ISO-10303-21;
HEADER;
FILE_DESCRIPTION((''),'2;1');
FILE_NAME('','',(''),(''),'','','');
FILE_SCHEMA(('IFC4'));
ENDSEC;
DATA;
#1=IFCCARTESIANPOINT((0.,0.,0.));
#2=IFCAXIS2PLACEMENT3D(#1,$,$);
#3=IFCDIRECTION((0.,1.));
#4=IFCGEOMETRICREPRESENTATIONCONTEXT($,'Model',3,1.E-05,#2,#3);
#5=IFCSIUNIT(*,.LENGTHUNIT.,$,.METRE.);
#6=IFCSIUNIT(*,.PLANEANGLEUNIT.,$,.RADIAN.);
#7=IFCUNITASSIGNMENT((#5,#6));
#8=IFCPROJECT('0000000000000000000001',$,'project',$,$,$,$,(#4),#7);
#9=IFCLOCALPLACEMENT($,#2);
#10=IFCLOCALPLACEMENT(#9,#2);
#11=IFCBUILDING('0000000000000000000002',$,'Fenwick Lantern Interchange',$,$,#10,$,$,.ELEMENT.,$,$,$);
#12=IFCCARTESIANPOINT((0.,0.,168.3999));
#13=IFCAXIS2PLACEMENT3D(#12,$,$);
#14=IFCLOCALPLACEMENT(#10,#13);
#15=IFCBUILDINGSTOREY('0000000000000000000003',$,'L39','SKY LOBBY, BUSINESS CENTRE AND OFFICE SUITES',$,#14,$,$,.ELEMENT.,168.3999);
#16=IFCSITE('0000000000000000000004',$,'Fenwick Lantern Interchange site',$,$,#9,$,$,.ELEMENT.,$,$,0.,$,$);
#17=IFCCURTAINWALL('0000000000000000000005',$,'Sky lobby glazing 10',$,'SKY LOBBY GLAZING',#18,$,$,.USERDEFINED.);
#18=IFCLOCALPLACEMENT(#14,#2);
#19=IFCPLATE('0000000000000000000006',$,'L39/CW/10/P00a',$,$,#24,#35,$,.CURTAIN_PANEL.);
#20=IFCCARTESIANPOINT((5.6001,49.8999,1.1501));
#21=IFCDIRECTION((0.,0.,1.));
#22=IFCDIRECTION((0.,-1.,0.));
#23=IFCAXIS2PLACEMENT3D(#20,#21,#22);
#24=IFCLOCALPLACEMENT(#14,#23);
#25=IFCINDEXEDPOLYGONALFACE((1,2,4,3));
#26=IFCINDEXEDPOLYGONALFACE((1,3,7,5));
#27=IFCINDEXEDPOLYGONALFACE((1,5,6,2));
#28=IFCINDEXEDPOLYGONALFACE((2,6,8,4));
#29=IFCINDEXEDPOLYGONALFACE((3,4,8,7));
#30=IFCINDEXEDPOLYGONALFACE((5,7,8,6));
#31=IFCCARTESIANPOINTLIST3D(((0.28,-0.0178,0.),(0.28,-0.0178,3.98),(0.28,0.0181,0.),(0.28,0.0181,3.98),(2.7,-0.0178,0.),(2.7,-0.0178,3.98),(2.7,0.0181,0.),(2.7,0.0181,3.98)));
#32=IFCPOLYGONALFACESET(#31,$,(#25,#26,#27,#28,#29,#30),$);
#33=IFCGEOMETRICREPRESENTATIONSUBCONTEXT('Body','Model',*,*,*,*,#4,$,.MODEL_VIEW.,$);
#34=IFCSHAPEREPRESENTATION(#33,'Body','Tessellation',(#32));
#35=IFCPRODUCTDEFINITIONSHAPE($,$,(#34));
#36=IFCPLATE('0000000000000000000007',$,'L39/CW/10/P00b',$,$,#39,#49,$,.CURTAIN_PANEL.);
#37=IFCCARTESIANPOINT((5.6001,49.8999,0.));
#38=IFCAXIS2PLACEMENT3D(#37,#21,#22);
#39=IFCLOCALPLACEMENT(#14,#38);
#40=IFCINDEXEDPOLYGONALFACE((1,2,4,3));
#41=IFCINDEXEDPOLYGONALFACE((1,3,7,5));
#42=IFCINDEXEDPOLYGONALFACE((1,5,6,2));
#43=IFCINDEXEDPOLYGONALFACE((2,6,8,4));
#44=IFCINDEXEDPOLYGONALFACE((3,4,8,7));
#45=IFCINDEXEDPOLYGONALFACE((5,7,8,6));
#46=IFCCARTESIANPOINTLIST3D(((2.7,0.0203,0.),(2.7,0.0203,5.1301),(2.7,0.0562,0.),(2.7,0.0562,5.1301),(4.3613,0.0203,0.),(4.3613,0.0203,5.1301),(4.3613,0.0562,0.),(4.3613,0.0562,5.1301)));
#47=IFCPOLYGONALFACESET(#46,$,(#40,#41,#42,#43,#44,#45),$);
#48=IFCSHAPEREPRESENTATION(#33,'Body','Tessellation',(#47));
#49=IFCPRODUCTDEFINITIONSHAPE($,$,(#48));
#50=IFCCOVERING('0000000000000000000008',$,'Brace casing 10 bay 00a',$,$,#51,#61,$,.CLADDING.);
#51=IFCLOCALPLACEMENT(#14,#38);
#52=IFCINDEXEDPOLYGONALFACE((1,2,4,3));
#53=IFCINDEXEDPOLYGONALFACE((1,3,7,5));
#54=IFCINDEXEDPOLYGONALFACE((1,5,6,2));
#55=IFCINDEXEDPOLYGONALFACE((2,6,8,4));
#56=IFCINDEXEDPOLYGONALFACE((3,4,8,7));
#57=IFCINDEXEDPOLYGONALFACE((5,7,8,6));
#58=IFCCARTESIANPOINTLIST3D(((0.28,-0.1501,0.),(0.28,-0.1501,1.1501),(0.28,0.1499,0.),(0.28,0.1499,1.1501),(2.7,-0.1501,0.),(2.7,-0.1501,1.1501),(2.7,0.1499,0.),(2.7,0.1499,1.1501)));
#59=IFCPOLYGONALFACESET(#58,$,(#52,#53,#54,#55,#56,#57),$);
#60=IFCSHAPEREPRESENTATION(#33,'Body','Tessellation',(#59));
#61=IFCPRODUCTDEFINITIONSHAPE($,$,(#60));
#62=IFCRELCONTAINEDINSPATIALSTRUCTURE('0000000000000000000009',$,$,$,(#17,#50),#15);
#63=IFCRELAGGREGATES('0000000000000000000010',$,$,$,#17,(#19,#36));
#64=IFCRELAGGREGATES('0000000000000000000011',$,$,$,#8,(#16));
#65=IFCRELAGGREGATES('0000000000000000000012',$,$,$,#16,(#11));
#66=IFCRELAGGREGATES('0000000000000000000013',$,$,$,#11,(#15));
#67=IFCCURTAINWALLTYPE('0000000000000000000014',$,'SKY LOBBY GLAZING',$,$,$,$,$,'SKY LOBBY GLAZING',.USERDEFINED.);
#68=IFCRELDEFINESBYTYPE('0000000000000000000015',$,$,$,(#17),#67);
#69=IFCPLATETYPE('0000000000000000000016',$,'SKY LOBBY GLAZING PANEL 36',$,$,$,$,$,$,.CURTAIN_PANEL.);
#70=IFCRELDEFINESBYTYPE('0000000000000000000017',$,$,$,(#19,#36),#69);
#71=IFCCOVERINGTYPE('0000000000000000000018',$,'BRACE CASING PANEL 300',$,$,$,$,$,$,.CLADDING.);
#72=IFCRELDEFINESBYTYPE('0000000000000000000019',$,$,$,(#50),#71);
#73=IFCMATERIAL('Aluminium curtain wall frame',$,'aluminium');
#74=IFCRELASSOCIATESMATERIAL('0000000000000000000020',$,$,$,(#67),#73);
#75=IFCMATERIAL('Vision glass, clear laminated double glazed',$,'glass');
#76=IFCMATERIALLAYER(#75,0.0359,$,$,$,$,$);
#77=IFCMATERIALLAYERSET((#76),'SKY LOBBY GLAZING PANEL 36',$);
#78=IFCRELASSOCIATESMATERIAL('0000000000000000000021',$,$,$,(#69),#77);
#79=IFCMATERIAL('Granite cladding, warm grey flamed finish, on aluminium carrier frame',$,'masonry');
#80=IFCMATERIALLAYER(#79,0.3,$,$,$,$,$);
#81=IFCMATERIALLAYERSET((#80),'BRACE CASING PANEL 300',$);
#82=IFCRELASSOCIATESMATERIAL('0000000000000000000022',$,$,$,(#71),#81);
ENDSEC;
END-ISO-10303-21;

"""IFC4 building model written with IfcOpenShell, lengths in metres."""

from ifc_helpers import new_model, si_unit, direction, frame, origin, place, context, subcontext, project, spatial, polyline, outline, extrude, material, layer, layer_set, type_object, element, aggregate, save


model = new_model("IFC4")

# Units and contexts
model_context = context("Model", 3, precision=1e-05, world=origin(), true_north=direction((0.0, 1.0)))
body_context = subcontext(model_context, "Body", "Model", "MODEL_VIEW")
ifc_project = project(units=[si_unit("LENGTHUNIT", "METRE"), si_unit("PLANEANGLEUNIT", "RADIAN")], contexts=[model_context])

# Site, building, storey
site_placement = place(None, origin())
site = spatial("IfcSite", under=ifc_project, at=site_placement, Name="Fenwick Lantern Interchange site", CompositionType="ELEMENT", RefElevation=0.0)
building_placement = place(site_placement, origin())
building = spatial("IfcBuilding", under=site, at=building_placement, Name="Fenwick Lantern Interchange", CompositionType="ELEMENT")
storey_placement = place(building_placement, frame((0.0, 0.0, 168.3999)))
storey = spatial("IfcBuildingStorey", under=building, at=storey_placement, Name="L39", Description="SKY LOBBY, BUSINESS CENTRE AND OFFICE SUITES", CompositionType="ELEMENT", Elevation=168.3999)

# Curtain wall
ifc_material_1 = material(Name="Aluminium curtain wall frame", Category="aluminium")
curtain_wall_type = type_object("IfcCurtainWallType", Name="SKY LOBBY GLAZING", ElementType="SKY LOBBY GLAZING", PredefinedType="USERDEFINED", material=ifc_material_1)
curtain_wall_1_placement = place(storey_placement, origin())
curtain_wall_1 = element("IfcCurtainWall", 1, at=curtain_wall_1_placement, inside=storey, type_object=curtain_wall_type, Name="Sky lobby glazing 10", ObjectType="SKY LOBBY GLAZING", PredefinedType="USERDEFINED")

# Plates
ifc_material_2 = material(Name="Vision glass, clear laminated double glazed", Category="glass")
ifc_layer_1 = layer(ifc_material_2, 0.0359)
ifc_layer_set_1 = layer_set([ifc_layer_1], Name="SKY LOBBY GLAZING PANEL 36")
plate_type = type_object("IfcPlateType", Name="SKY LOBBY GLAZING PANEL 36", PredefinedType="CURTAIN_PANEL", material=ifc_layer_set_1)
plate_1_placement = place(storey_placement, frame((5.6001, 49.8999, 1.1501), z_axis=(0.0, 0.0, 1.0), x_axis=(0.0, -1.0, 0.0)))
plate_1 = element("IfcPlate", 2, at=plate_1_placement, type_object=plate_type, Name="L39/CW/10/P00a", PredefinedType="CURTAIN_PANEL", context=body_context, shape_type="SweptSolid", body=[
    extrude(outline(polyline([(0.28, 0.0), (2.7, 0.0), (2.7, 3.98), (0.28, 3.98), (0.28, 0.0)])), frame((0.0, 0.0181, 0.0), z_axis=(0.0, -1.0, 0.0), x_axis=(1.0, 0.0, 0.0)), (0.0, 0.0, 1.0), 0.0359),
])
plate_2_placement = place(storey_placement, frame((5.6001, 49.8999, 0.0), z_axis=(0.0, 0.0, 1.0), x_axis=(0.0, -1.0, 0.0)))
plate_2 = element("IfcPlate", 3, at=plate_2_placement, type_object=plate_type, Name="L39/CW/10/P00b", PredefinedType="CURTAIN_PANEL", context=body_context, shape_type="SweptSolid", body=[
    extrude(outline(polyline([(2.7, 0.0), (4.3613, 0.0), (4.3613, 5.1301), (2.7, 5.1301), (2.7, 0.0)])), frame((0.0, 0.0562, 0.0), z_axis=(0.0, -1.0, 0.0), x_axis=(1.0, 0.0, 0.0)), (0.0, 0.0, 1.0), 0.0359),
])
aggregate(curtain_wall_1, [plate_1, plate_2])

# Covering
ifc_material_3 = material(Name="Granite cladding, warm grey flamed finish, on aluminium carrier frame", Category="masonry")
ifc_layer_2 = layer(ifc_material_3, 0.3)
ifc_layer_set_2 = layer_set([ifc_layer_2], Name="BRACE CASING PANEL 300")
covering_type = type_object("IfcCoveringType", Name="BRACE CASING PANEL 300", PredefinedType="CLADDING", material=ifc_layer_set_2)
covering_placement = place(storey_placement, frame((5.6001, 49.8999, 0.0), z_axis=(0.0, 0.0, 1.0), x_axis=(0.0, -1.0, 0.0)))
element("IfcCovering", 4, at=covering_placement, inside=storey, type_object=covering_type, Name="Brace casing 10 bay 00a", PredefinedType="CLADDING", context=body_context, shape_type="SweptSolid", body=[
    extrude(outline(polyline([(0.28, 0.0), (2.7, 0.0), (2.7, 1.1501), (0.28, 1.1501), (0.28, 0.0)])), frame((0.0, 0.1499, 0.0), z_axis=(0.0, -1.0, 0.0), x_axis=(1.0, 0.0, 0.0)), (0.0, 0.0, 1.0), 0.3),
])

save(model, "model.ifc")
